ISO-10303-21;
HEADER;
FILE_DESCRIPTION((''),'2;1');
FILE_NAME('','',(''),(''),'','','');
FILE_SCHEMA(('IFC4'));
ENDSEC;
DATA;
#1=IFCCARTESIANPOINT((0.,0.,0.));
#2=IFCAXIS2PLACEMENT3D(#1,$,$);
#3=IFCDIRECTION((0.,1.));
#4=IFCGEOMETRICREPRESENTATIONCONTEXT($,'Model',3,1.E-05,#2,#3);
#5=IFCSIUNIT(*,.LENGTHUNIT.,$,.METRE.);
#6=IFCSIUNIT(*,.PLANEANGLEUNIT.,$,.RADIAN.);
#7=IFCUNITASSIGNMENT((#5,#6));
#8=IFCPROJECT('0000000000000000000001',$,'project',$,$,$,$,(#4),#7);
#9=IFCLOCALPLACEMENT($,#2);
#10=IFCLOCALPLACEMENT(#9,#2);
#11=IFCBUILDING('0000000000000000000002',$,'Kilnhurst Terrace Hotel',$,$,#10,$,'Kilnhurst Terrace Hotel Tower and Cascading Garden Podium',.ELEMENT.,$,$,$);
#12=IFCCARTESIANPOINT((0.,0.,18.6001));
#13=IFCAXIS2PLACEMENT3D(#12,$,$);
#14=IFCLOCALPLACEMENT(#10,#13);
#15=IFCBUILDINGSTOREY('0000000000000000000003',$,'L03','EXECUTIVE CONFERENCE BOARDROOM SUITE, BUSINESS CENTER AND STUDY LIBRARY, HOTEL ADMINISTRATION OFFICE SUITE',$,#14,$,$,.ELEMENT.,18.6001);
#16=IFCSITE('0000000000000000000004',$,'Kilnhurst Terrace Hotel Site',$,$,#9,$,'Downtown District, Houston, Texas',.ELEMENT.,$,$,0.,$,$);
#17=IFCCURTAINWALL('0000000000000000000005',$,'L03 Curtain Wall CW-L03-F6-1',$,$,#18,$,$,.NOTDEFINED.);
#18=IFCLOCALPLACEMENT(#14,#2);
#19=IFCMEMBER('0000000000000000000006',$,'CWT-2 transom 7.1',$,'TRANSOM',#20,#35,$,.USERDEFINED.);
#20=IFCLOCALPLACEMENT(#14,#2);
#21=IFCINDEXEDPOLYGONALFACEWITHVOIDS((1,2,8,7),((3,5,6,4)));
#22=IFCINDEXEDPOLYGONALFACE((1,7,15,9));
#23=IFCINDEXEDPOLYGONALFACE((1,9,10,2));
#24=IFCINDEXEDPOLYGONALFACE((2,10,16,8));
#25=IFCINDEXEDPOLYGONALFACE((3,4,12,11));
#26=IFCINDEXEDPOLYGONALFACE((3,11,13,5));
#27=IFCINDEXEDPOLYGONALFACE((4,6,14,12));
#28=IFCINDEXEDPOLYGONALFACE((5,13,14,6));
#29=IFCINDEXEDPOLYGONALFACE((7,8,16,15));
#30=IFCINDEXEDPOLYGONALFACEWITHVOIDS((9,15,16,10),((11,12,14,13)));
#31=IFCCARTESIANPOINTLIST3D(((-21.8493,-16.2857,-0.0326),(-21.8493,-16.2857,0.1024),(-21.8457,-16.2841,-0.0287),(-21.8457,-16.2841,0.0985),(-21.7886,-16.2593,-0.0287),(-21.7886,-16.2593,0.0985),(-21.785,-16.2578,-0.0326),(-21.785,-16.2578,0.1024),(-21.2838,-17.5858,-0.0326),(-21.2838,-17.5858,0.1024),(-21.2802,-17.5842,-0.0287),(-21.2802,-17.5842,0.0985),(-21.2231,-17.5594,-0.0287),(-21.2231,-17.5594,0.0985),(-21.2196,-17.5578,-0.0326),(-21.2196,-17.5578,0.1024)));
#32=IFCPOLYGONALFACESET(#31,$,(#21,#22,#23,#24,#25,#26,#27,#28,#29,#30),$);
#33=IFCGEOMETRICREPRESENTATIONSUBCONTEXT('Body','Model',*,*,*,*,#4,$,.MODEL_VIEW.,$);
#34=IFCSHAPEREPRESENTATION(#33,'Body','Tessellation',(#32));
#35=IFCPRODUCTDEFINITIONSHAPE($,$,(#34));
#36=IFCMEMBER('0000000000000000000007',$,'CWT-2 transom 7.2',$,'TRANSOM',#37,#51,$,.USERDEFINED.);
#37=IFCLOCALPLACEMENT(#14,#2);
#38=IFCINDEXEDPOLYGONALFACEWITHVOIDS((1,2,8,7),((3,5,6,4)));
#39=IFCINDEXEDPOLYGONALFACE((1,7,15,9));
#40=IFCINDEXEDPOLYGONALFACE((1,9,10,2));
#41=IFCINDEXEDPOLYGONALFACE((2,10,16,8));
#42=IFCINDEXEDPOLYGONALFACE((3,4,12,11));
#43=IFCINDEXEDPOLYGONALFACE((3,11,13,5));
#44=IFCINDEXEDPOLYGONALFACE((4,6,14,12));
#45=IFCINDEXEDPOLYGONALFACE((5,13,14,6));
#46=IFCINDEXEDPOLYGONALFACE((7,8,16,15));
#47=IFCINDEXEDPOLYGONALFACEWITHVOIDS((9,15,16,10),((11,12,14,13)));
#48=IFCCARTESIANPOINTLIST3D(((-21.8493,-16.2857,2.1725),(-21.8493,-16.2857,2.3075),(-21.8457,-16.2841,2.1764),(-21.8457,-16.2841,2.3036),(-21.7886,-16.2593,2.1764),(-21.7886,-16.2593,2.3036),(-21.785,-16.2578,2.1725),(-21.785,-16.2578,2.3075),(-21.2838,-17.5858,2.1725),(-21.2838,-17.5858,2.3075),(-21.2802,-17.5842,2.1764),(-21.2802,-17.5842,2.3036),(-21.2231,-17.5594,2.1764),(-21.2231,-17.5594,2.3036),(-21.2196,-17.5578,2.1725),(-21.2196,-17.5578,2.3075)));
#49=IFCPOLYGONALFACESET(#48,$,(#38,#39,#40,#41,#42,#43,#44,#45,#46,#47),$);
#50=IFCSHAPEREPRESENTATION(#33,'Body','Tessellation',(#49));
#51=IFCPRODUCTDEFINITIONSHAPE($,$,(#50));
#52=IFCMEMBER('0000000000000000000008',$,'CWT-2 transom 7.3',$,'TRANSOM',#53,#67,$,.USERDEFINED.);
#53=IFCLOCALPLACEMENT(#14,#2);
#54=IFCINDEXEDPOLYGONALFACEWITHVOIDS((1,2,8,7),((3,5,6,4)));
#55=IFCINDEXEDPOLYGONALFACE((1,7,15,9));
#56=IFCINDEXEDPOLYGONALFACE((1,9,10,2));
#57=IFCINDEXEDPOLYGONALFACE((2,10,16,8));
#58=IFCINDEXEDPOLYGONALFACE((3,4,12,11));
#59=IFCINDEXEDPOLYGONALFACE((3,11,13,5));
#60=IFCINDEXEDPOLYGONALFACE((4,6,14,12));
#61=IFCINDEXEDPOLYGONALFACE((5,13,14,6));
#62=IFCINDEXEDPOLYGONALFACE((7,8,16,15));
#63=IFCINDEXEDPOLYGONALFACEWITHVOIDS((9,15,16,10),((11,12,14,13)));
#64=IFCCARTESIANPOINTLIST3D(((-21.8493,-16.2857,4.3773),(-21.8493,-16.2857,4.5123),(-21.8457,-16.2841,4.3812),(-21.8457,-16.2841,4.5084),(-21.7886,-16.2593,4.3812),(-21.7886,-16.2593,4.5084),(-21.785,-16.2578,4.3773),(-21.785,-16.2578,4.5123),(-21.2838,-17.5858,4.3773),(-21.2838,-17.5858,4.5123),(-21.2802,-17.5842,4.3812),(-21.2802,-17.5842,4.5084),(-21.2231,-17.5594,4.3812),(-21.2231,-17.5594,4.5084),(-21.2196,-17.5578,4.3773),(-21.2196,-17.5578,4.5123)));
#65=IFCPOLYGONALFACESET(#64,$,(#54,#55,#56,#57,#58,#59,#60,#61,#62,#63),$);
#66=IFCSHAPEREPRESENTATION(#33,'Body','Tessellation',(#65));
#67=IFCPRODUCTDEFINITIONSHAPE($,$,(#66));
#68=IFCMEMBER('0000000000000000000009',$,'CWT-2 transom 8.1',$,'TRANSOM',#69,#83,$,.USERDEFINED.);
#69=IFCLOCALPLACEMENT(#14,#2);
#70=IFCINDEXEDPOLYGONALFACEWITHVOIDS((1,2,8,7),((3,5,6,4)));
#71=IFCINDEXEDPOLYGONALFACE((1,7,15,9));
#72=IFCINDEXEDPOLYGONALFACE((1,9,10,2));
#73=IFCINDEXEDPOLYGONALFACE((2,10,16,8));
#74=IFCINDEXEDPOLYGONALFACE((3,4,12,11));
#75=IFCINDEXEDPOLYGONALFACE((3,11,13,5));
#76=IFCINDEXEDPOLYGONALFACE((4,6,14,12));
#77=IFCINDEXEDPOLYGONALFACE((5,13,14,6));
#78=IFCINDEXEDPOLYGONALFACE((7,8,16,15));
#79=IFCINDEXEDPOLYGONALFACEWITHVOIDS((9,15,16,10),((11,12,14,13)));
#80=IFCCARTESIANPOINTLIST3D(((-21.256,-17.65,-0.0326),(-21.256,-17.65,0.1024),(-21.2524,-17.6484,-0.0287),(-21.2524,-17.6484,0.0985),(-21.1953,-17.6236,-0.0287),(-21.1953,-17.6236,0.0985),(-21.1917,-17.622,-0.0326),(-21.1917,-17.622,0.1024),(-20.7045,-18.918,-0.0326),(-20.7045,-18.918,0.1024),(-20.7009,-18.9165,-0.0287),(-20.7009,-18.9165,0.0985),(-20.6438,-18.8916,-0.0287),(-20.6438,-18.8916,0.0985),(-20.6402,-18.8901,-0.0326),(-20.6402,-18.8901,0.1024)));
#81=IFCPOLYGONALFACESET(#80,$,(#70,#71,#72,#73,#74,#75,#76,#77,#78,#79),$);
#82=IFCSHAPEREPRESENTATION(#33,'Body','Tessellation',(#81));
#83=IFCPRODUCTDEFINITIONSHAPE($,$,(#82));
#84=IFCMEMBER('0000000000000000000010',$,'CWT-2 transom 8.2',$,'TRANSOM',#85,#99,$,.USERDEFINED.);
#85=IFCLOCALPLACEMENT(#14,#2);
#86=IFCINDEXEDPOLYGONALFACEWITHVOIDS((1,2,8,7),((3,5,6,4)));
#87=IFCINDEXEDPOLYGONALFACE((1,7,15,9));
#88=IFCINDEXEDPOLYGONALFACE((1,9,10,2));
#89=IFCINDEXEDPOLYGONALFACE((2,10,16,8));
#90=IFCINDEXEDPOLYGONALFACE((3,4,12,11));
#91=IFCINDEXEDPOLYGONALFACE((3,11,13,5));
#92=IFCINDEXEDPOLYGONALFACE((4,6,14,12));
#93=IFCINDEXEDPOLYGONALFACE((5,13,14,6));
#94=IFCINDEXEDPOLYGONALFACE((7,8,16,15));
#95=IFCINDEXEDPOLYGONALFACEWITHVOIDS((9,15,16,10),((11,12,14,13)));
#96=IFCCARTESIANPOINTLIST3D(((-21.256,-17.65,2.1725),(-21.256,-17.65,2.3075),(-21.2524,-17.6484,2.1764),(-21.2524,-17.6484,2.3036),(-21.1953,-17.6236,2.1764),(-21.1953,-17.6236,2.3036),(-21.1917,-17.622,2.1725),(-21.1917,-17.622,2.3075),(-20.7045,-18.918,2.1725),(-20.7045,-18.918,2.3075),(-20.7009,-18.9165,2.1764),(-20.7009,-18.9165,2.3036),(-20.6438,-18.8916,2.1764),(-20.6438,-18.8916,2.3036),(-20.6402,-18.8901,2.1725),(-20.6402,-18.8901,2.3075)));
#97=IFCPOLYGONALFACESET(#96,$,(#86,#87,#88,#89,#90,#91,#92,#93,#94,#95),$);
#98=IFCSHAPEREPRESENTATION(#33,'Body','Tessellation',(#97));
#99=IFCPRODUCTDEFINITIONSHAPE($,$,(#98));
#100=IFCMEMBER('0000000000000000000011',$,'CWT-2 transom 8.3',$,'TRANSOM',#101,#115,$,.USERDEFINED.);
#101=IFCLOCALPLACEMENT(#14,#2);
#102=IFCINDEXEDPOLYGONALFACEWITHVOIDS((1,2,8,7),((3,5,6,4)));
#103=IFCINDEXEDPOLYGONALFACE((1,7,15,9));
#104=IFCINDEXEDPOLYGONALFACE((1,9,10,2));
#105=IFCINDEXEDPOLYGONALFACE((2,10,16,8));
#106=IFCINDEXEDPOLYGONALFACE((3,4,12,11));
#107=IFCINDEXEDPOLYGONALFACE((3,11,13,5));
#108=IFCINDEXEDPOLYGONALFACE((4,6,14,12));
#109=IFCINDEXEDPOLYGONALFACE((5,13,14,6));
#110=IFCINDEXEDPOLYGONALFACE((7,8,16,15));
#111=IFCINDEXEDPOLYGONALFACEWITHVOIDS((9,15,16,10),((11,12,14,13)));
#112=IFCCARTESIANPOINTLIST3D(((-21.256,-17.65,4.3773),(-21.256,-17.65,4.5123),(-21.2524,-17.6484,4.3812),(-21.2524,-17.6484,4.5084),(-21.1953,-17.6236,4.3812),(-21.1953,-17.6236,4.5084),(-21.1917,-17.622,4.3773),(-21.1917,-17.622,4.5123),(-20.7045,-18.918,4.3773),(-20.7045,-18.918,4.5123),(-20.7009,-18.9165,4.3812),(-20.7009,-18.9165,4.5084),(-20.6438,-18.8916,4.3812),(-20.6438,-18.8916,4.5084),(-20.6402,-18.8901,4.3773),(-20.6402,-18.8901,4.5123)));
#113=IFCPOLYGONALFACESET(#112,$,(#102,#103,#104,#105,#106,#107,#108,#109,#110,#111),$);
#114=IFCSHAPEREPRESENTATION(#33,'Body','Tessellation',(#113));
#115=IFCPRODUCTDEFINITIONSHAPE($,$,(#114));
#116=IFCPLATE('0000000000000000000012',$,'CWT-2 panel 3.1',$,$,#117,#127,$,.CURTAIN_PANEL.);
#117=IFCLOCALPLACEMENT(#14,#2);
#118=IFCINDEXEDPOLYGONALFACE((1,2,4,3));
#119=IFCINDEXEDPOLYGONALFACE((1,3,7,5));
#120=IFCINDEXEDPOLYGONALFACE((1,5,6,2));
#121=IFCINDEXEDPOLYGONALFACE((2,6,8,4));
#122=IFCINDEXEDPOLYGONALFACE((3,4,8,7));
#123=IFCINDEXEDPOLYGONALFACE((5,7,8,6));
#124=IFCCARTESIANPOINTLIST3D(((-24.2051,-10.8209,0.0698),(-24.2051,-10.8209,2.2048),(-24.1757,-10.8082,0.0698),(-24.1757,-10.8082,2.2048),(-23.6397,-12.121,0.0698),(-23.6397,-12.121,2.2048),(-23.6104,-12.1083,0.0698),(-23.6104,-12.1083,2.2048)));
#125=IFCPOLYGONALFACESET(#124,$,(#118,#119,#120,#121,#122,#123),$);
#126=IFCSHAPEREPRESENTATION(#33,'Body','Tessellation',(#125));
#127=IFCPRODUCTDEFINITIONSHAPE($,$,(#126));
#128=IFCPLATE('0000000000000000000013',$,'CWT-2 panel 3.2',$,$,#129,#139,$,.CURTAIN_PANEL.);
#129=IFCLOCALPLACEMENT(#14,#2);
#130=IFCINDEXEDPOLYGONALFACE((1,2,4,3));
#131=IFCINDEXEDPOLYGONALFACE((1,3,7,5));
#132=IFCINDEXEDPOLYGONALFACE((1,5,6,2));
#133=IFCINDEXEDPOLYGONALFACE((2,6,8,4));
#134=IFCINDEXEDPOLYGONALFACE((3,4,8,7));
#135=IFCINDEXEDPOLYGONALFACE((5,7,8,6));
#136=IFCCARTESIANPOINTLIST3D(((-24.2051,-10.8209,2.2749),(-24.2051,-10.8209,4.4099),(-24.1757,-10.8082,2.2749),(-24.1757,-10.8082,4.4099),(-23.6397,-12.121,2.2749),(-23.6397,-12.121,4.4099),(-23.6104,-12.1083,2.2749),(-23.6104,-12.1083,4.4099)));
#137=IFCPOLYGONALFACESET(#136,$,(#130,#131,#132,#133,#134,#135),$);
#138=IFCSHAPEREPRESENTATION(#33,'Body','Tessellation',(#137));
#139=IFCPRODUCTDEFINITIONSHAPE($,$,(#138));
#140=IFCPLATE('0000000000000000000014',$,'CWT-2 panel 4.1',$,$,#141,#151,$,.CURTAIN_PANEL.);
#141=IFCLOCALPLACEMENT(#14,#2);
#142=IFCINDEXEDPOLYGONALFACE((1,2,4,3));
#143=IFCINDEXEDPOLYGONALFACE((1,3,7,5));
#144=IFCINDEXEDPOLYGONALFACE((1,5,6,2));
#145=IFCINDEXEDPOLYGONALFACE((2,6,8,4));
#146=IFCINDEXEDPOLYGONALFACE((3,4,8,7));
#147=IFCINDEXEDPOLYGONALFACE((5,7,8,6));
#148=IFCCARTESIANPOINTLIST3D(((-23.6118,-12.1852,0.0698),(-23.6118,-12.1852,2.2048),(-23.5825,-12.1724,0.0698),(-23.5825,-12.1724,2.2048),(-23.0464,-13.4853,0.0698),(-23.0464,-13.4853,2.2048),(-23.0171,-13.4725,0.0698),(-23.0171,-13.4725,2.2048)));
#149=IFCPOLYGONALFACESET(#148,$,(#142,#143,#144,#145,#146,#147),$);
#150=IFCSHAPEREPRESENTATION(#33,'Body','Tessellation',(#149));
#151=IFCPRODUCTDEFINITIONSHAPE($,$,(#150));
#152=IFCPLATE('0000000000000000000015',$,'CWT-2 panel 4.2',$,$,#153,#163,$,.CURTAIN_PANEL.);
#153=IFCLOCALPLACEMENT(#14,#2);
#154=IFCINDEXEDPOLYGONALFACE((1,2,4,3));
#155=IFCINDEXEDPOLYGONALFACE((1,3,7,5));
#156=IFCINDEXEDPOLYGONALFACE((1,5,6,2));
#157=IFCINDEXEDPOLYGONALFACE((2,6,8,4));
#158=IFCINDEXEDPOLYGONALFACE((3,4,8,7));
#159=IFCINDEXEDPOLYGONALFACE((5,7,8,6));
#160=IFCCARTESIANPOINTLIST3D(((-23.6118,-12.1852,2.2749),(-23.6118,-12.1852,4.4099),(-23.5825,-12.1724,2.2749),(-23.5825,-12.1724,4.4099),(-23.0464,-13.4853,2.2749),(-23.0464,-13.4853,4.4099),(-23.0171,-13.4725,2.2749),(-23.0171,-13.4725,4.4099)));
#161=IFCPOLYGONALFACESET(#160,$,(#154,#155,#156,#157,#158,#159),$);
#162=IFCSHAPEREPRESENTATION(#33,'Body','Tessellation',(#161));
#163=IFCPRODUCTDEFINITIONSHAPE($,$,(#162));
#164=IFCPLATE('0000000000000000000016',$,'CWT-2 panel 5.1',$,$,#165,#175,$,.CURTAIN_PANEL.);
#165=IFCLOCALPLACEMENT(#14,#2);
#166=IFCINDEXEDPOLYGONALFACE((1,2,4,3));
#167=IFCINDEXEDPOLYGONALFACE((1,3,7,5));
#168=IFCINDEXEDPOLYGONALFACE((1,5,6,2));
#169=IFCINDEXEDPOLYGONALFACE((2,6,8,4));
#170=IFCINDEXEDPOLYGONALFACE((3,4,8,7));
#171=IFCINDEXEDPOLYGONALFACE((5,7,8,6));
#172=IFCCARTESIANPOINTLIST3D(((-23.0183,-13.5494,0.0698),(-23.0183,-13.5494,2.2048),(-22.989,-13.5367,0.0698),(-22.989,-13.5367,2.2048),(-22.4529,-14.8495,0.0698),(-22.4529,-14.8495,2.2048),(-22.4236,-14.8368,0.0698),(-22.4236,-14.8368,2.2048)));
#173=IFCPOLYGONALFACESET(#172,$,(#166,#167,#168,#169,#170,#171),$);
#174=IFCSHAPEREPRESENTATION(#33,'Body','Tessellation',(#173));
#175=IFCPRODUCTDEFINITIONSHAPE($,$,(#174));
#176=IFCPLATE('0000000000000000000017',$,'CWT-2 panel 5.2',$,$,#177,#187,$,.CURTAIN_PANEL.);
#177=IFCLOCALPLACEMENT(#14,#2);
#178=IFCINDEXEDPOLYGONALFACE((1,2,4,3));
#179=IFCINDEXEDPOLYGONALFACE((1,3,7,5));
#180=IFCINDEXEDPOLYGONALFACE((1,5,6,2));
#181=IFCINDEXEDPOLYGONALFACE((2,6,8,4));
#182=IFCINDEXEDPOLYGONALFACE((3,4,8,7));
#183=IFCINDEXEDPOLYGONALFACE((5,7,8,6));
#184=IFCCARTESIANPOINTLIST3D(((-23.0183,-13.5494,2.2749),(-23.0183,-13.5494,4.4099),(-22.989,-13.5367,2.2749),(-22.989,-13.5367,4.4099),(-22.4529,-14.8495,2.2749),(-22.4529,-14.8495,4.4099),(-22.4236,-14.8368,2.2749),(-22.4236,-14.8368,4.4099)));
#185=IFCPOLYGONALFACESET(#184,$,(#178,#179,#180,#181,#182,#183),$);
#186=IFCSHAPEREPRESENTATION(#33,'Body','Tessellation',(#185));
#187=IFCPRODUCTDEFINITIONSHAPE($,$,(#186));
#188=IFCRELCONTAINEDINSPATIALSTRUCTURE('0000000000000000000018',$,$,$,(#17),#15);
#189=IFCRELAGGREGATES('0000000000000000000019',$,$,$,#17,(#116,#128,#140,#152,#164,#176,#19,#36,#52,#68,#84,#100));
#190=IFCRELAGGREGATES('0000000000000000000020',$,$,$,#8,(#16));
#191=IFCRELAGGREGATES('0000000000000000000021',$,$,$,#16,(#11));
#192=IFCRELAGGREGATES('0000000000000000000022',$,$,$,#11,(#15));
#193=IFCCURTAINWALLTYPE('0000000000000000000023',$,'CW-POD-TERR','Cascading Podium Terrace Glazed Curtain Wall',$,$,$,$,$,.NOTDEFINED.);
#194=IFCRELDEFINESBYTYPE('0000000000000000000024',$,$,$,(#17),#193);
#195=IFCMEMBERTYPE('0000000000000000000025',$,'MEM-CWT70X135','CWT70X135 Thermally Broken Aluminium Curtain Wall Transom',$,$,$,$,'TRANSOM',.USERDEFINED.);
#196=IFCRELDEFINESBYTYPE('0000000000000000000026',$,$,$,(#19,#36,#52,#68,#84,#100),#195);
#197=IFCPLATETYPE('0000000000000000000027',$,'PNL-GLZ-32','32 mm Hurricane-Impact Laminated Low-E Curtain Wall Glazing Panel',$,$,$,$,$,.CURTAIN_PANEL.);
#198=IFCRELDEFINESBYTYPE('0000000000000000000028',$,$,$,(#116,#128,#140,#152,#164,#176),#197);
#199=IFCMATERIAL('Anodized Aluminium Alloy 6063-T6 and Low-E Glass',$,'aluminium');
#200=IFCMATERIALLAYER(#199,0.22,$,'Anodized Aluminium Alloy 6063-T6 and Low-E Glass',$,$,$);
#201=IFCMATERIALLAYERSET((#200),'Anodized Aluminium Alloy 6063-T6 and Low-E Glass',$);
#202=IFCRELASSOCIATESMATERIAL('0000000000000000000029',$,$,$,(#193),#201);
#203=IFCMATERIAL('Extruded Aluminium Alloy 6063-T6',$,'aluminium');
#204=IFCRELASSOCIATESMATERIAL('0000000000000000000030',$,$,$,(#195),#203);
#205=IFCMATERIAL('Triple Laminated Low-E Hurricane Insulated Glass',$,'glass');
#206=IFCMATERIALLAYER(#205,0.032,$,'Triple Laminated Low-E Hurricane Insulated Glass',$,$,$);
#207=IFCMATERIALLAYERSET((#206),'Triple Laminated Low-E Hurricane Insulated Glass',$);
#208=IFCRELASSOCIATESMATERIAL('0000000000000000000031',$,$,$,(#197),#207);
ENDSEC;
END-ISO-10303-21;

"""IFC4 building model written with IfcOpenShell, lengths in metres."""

from ifc_helpers import new_model, si_unit, direction, frame, origin, origin_2d, place, context, subcontext, project, spatial, rectangle, hollow_rectangle, extrude, material, layer, layer_set, material_profile, profile_set, type_object, element, aggregate, save


model = new_model("IFC4")

# Units and contexts
model_context = context("Model", 3, precision=1e-05, world=origin(), true_north=direction((0.0, 1.0)))
body_context = subcontext(model_context, "Body", "Model", "MODEL_VIEW")
ifc_project = project(units=[si_unit("LENGTHUNIT", "METRE"), si_unit("PLANEANGLEUNIT", "RADIAN")], contexts=[model_context])

# Site, building, storey
site_placement = place(None, origin())
site = spatial("IfcSite", under=ifc_project, at=site_placement, Name="Kilnhurst Terrace Hotel Site", LongName="Downtown District, Houston, Texas", CompositionType="ELEMENT", RefElevation=0.0)
building_placement = place(site_placement, origin())
building = spatial("IfcBuilding", under=site, at=building_placement, Name="Kilnhurst Terrace Hotel", LongName="Kilnhurst Terrace Hotel Tower and Cascading Garden Podium", CompositionType="ELEMENT")
storey_placement = place(building_placement, frame((0.0, 0.0, 18.6001)))
storey = spatial("IfcBuildingStorey", under=building, at=storey_placement, Name="L03", Description="EXECUTIVE CONFERENCE BOARDROOM SUITE, BUSINESS CENTER AND STUDY LIBRARY, HOTEL ADMINISTRATION OFFICE SUITE", CompositionType="ELEMENT", Elevation=18.6001)

# Curtain wall, members, plates
ifc_material_1 = material(Name="Anodized Aluminium Alloy 6063-T6 and Low-E Glass", Category="aluminium")
ifc_layer_1 = layer(ifc_material_1, 0.22, Name="Anodized Aluminium Alloy 6063-T6 and Low-E Glass")
ifc_layer_set_1 = layer_set([ifc_layer_1], Name="Anodized Aluminium Alloy 6063-T6 and Low-E Glass")
curtain_wall_type = type_object("IfcCurtainWallType", Name="CW-POD-TERR", Description="Cascading Podium Terrace Glazed Curtain Wall", PredefinedType="NOTDEFINED", material=ifc_layer_set_1)
curtain_wall_placement = place(storey_placement, origin())
curtain_wall = element("IfcCurtainWall", 1, at=curtain_wall_placement, inside=storey, type_object=curtain_wall_type, Name="L03 Curtain Wall CW-L03-F6-1", PredefinedType="NOTDEFINED")
ifc_material_2 = material(Name="Extruded Aluminium Alloy 6063-T6", Category="aluminium")
ifc_material_profile_1 = material_profile(ifc_material_2, hollow_rectangle(XDim=0.0701, YDim=0.135, WallThickness=0.0039, at=origin_2d()), Name="CWT70X135")
ifc_profile_set_1 = profile_set([ifc_material_profile_1], Name="Extruded Aluminium Alloy 6063-T6")
member_type_1 = type_object("IfcMemberType", Name="MEM-CWT70X135", Description="CWT70X135 Thermally Broken Aluminium Curtain Wall Transom", ElementType="TRANSOM", PredefinedType="USERDEFINED", material=ifc_profile_set_1)
member_1_placement = place(storey_placement, frame((-21.8171, -16.2717, 0.0349), z_axis=(0.398839, -0.917021, 0.0), x_axis=(0.917021, 0.398839, 0.0)))
member_1 = element("IfcMember", 2, at=member_1_placement, type_object=member_type_1, Name="CWT-2 transom 7.1", ObjectType="TRANSOM", PredefinedType="USERDEFINED", context=body_context, shape_type="SweptSolid", body=[
    extrude(hollow_rectangle(XDim=0.0701, YDim=0.135, WallThickness=0.0039, at=origin_2d()), origin(), (0.0, 0.0, 1.0), 1.4177),
])
member_2_placement = place(storey_placement, frame((-21.8171, -16.2717, 2.24), z_axis=(0.398839, -0.917021, 0.0), x_axis=(0.917021, 0.398839, 0.0)))
member_2 = element("IfcMember", 3, at=member_2_placement, type_object=member_type_1, Name="CWT-2 transom 7.2", ObjectType="TRANSOM", PredefinedType="USERDEFINED", context=body_context, shape_type="SweptSolid", body=[
    extrude(hollow_rectangle(XDim=0.0701, YDim=0.135, WallThickness=0.0039, at=origin_2d()), origin(), (0.0, 0.0, 1.0), 1.4177),
])
member_3_placement = place(storey_placement, frame((-21.8171, -16.2717, 4.4448), z_axis=(0.398839, -0.917021, 0.0), x_axis=(0.917021, 0.398839, 0.0)))
member_3 = element("IfcMember", 4, at=member_3_placement, type_object=member_type_1, Name="CWT-2 transom 7.3", ObjectType="TRANSOM", PredefinedType="USERDEFINED", context=body_context, shape_type="SweptSolid", body=[
    extrude(hollow_rectangle(XDim=0.0701, YDim=0.135, WallThickness=0.0039, at=origin_2d()), origin(), (0.0, 0.0, 1.0), 1.4177),
])
member_4_placement = place(storey_placement, frame((-21.2239, -17.636, 0.0349), z_axis=(0.398836, -0.917022, 0.0), x_axis=(0.917022, 0.398836, 0.0)))
member_4 = element("IfcMember", 5, at=member_4_placement, type_object=member_type_1, Name="CWT-2 transom 8.1", ObjectType="TRANSOM", PredefinedType="USERDEFINED", context=body_context, shape_type="SweptSolid", body=[
    extrude(hollow_rectangle(XDim=0.0701, YDim=0.135, WallThickness=0.0039, at=origin_2d()), origin(), (0.0, 0.0, 1.0), 1.3828),
])
member_5_placement = place(storey_placement, frame((-21.2239, -17.636, 2.24), z_axis=(0.398836, -0.917022, 0.0), x_axis=(0.917022, 0.398836, 0.0)))
member_5 = element("IfcMember", 6, at=member_5_placement, type_object=member_type_1, Name="CWT-2 transom 8.2", ObjectType="TRANSOM", PredefinedType="USERDEFINED", context=body_context, shape_type="SweptSolid", body=[
    extrude(hollow_rectangle(XDim=0.0701, YDim=0.135, WallThickness=0.0039, at=origin_2d()), origin(), (0.0, 0.0, 1.0), 1.3828),
])
member_6_placement = place(storey_placement, frame((-21.2239, -17.636, 4.4448), z_axis=(0.398836, -0.917022, 0.0), x_axis=(0.917022, 0.398836, 0.0)))
member_6 = element("IfcMember", 7, at=member_6_placement, type_object=member_type_1, Name="CWT-2 transom 8.3", ObjectType="TRANSOM", PredefinedType="USERDEFINED", context=body_context, shape_type="SweptSolid", body=[
    extrude(hollow_rectangle(XDim=0.0701, YDim=0.135, WallThickness=0.0039, at=origin_2d()), origin(), (0.0, 0.0, 1.0), 1.3828),
])
ifc_material_3 = material(Name="Triple Laminated Low-E Hurricane Insulated Glass", Category="glass")
ifc_layer_2 = layer(ifc_material_3, 0.032, Name="Triple Laminated Low-E Hurricane Insulated Glass")
ifc_layer_set_2 = layer_set([ifc_layer_2], Name="Triple Laminated Low-E Hurricane Insulated Glass")
plate_type = type_object("IfcPlateType", Name="PNL-GLZ-32", Description="32 mm Hurricane-Impact Laminated Low-E Curtain Wall Glazing Panel", PredefinedType="CURTAIN_PANEL", material=ifc_layer_set_2)
plate_1_placement = place(storey_placement, frame((-23.9077, -11.4646, 0.0698), z_axis=(0.0, 0.0, 1.0), x_axis=(0.398791, -0.917042, 0.0)))
plate_1 = element("IfcPlate", 8, at=plate_1_placement, type_object=plate_type, Name="CWT-2 panel 3.1", PredefinedType="CURTAIN_PANEL", context=body_context, shape_type="SweptSolid", body=[
    extrude(rectangle(XDim=1.4177, YDim=0.032, at=origin_2d()), origin(), (0.0, 0.0, 1.0), 2.135),
])
plate_2_placement = place(storey_placement, frame((-23.9077, -11.4646, 2.2749), z_axis=(0.0, 0.0, 1.0), x_axis=(0.398791, -0.917042, 0.0)))
plate_2 = element("IfcPlate", 9, at=plate_2_placement, type_object=plate_type, Name="CWT-2 panel 3.2", PredefinedType="CURTAIN_PANEL", context=body_context, shape_type="SweptSolid", body=[
    extrude(rectangle(XDim=1.4177, YDim=0.032, at=origin_2d()), origin(), (0.0, 0.0, 1.0), 2.135),
])
plate_3_placement = place(storey_placement, frame((-23.3145, -12.8289, 0.0698), z_axis=(0.0, 0.0, 1.0), x_axis=(0.398791, -0.917042, 0.0)))
plate_3 = element("IfcPlate", 10, at=plate_3_placement, type_object=plate_type, Name="CWT-2 panel 4.1", PredefinedType="CURTAIN_PANEL", context=body_context, shape_type="SweptSolid", body=[
    extrude(rectangle(XDim=1.4177, YDim=0.032, at=origin_2d()), origin(), (0.0, 0.0, 1.0), 2.135),
])
plate_4_placement = place(storey_placement, frame((-23.3145, -12.8289, 2.2749), z_axis=(0.0, 0.0, 1.0), x_axis=(0.398791, -0.917042, 0.0)))
plate_4 = element("IfcPlate", 11, at=plate_4_placement, type_object=plate_type, Name="CWT-2 panel 4.2", PredefinedType="CURTAIN_PANEL", context=body_context, shape_type="SweptSolid", body=[
    extrude(rectangle(XDim=1.4177, YDim=0.032, at=origin_2d()), origin(), (0.0, 0.0, 1.0), 2.135),
])
plate_5_placement = place(storey_placement, frame((-22.7209, -14.1931, 0.0698), z_axis=(0.0, 0.0, 1.0), x_axis=(0.398791, -0.917042, 0.0)))
plate_5 = element("IfcPlate", 12, at=plate_5_placement, type_object=plate_type, Name="CWT-2 panel 5.1", PredefinedType="CURTAIN_PANEL", context=body_context, shape_type="SweptSolid", body=[
    extrude(rectangle(XDim=1.4177, YDim=0.032, at=origin_2d()), origin(), (0.0, 0.0, 1.0), 2.135),
])
plate_6_placement = place(storey_placement, frame((-22.7209, -14.1931, 2.2749), z_axis=(0.0, 0.0, 1.0), x_axis=(0.398791, -0.917042, 0.0)))
plate_6 = element("IfcPlate", 13, at=plate_6_placement, type_object=plate_type, Name="CWT-2 panel 5.2", PredefinedType="CURTAIN_PANEL", context=body_context, shape_type="SweptSolid", body=[
    extrude(rectangle(XDim=1.4177, YDim=0.032, at=origin_2d()), origin(), (0.0, 0.0, 1.0), 2.135),
])
aggregate(curtain_wall, [plate_1, plate_2, plate_3, plate_4, plate_5, plate_6, member_1, member_2, member_3, member_4, member_5, member_6])

save(model, "model.ifc")
